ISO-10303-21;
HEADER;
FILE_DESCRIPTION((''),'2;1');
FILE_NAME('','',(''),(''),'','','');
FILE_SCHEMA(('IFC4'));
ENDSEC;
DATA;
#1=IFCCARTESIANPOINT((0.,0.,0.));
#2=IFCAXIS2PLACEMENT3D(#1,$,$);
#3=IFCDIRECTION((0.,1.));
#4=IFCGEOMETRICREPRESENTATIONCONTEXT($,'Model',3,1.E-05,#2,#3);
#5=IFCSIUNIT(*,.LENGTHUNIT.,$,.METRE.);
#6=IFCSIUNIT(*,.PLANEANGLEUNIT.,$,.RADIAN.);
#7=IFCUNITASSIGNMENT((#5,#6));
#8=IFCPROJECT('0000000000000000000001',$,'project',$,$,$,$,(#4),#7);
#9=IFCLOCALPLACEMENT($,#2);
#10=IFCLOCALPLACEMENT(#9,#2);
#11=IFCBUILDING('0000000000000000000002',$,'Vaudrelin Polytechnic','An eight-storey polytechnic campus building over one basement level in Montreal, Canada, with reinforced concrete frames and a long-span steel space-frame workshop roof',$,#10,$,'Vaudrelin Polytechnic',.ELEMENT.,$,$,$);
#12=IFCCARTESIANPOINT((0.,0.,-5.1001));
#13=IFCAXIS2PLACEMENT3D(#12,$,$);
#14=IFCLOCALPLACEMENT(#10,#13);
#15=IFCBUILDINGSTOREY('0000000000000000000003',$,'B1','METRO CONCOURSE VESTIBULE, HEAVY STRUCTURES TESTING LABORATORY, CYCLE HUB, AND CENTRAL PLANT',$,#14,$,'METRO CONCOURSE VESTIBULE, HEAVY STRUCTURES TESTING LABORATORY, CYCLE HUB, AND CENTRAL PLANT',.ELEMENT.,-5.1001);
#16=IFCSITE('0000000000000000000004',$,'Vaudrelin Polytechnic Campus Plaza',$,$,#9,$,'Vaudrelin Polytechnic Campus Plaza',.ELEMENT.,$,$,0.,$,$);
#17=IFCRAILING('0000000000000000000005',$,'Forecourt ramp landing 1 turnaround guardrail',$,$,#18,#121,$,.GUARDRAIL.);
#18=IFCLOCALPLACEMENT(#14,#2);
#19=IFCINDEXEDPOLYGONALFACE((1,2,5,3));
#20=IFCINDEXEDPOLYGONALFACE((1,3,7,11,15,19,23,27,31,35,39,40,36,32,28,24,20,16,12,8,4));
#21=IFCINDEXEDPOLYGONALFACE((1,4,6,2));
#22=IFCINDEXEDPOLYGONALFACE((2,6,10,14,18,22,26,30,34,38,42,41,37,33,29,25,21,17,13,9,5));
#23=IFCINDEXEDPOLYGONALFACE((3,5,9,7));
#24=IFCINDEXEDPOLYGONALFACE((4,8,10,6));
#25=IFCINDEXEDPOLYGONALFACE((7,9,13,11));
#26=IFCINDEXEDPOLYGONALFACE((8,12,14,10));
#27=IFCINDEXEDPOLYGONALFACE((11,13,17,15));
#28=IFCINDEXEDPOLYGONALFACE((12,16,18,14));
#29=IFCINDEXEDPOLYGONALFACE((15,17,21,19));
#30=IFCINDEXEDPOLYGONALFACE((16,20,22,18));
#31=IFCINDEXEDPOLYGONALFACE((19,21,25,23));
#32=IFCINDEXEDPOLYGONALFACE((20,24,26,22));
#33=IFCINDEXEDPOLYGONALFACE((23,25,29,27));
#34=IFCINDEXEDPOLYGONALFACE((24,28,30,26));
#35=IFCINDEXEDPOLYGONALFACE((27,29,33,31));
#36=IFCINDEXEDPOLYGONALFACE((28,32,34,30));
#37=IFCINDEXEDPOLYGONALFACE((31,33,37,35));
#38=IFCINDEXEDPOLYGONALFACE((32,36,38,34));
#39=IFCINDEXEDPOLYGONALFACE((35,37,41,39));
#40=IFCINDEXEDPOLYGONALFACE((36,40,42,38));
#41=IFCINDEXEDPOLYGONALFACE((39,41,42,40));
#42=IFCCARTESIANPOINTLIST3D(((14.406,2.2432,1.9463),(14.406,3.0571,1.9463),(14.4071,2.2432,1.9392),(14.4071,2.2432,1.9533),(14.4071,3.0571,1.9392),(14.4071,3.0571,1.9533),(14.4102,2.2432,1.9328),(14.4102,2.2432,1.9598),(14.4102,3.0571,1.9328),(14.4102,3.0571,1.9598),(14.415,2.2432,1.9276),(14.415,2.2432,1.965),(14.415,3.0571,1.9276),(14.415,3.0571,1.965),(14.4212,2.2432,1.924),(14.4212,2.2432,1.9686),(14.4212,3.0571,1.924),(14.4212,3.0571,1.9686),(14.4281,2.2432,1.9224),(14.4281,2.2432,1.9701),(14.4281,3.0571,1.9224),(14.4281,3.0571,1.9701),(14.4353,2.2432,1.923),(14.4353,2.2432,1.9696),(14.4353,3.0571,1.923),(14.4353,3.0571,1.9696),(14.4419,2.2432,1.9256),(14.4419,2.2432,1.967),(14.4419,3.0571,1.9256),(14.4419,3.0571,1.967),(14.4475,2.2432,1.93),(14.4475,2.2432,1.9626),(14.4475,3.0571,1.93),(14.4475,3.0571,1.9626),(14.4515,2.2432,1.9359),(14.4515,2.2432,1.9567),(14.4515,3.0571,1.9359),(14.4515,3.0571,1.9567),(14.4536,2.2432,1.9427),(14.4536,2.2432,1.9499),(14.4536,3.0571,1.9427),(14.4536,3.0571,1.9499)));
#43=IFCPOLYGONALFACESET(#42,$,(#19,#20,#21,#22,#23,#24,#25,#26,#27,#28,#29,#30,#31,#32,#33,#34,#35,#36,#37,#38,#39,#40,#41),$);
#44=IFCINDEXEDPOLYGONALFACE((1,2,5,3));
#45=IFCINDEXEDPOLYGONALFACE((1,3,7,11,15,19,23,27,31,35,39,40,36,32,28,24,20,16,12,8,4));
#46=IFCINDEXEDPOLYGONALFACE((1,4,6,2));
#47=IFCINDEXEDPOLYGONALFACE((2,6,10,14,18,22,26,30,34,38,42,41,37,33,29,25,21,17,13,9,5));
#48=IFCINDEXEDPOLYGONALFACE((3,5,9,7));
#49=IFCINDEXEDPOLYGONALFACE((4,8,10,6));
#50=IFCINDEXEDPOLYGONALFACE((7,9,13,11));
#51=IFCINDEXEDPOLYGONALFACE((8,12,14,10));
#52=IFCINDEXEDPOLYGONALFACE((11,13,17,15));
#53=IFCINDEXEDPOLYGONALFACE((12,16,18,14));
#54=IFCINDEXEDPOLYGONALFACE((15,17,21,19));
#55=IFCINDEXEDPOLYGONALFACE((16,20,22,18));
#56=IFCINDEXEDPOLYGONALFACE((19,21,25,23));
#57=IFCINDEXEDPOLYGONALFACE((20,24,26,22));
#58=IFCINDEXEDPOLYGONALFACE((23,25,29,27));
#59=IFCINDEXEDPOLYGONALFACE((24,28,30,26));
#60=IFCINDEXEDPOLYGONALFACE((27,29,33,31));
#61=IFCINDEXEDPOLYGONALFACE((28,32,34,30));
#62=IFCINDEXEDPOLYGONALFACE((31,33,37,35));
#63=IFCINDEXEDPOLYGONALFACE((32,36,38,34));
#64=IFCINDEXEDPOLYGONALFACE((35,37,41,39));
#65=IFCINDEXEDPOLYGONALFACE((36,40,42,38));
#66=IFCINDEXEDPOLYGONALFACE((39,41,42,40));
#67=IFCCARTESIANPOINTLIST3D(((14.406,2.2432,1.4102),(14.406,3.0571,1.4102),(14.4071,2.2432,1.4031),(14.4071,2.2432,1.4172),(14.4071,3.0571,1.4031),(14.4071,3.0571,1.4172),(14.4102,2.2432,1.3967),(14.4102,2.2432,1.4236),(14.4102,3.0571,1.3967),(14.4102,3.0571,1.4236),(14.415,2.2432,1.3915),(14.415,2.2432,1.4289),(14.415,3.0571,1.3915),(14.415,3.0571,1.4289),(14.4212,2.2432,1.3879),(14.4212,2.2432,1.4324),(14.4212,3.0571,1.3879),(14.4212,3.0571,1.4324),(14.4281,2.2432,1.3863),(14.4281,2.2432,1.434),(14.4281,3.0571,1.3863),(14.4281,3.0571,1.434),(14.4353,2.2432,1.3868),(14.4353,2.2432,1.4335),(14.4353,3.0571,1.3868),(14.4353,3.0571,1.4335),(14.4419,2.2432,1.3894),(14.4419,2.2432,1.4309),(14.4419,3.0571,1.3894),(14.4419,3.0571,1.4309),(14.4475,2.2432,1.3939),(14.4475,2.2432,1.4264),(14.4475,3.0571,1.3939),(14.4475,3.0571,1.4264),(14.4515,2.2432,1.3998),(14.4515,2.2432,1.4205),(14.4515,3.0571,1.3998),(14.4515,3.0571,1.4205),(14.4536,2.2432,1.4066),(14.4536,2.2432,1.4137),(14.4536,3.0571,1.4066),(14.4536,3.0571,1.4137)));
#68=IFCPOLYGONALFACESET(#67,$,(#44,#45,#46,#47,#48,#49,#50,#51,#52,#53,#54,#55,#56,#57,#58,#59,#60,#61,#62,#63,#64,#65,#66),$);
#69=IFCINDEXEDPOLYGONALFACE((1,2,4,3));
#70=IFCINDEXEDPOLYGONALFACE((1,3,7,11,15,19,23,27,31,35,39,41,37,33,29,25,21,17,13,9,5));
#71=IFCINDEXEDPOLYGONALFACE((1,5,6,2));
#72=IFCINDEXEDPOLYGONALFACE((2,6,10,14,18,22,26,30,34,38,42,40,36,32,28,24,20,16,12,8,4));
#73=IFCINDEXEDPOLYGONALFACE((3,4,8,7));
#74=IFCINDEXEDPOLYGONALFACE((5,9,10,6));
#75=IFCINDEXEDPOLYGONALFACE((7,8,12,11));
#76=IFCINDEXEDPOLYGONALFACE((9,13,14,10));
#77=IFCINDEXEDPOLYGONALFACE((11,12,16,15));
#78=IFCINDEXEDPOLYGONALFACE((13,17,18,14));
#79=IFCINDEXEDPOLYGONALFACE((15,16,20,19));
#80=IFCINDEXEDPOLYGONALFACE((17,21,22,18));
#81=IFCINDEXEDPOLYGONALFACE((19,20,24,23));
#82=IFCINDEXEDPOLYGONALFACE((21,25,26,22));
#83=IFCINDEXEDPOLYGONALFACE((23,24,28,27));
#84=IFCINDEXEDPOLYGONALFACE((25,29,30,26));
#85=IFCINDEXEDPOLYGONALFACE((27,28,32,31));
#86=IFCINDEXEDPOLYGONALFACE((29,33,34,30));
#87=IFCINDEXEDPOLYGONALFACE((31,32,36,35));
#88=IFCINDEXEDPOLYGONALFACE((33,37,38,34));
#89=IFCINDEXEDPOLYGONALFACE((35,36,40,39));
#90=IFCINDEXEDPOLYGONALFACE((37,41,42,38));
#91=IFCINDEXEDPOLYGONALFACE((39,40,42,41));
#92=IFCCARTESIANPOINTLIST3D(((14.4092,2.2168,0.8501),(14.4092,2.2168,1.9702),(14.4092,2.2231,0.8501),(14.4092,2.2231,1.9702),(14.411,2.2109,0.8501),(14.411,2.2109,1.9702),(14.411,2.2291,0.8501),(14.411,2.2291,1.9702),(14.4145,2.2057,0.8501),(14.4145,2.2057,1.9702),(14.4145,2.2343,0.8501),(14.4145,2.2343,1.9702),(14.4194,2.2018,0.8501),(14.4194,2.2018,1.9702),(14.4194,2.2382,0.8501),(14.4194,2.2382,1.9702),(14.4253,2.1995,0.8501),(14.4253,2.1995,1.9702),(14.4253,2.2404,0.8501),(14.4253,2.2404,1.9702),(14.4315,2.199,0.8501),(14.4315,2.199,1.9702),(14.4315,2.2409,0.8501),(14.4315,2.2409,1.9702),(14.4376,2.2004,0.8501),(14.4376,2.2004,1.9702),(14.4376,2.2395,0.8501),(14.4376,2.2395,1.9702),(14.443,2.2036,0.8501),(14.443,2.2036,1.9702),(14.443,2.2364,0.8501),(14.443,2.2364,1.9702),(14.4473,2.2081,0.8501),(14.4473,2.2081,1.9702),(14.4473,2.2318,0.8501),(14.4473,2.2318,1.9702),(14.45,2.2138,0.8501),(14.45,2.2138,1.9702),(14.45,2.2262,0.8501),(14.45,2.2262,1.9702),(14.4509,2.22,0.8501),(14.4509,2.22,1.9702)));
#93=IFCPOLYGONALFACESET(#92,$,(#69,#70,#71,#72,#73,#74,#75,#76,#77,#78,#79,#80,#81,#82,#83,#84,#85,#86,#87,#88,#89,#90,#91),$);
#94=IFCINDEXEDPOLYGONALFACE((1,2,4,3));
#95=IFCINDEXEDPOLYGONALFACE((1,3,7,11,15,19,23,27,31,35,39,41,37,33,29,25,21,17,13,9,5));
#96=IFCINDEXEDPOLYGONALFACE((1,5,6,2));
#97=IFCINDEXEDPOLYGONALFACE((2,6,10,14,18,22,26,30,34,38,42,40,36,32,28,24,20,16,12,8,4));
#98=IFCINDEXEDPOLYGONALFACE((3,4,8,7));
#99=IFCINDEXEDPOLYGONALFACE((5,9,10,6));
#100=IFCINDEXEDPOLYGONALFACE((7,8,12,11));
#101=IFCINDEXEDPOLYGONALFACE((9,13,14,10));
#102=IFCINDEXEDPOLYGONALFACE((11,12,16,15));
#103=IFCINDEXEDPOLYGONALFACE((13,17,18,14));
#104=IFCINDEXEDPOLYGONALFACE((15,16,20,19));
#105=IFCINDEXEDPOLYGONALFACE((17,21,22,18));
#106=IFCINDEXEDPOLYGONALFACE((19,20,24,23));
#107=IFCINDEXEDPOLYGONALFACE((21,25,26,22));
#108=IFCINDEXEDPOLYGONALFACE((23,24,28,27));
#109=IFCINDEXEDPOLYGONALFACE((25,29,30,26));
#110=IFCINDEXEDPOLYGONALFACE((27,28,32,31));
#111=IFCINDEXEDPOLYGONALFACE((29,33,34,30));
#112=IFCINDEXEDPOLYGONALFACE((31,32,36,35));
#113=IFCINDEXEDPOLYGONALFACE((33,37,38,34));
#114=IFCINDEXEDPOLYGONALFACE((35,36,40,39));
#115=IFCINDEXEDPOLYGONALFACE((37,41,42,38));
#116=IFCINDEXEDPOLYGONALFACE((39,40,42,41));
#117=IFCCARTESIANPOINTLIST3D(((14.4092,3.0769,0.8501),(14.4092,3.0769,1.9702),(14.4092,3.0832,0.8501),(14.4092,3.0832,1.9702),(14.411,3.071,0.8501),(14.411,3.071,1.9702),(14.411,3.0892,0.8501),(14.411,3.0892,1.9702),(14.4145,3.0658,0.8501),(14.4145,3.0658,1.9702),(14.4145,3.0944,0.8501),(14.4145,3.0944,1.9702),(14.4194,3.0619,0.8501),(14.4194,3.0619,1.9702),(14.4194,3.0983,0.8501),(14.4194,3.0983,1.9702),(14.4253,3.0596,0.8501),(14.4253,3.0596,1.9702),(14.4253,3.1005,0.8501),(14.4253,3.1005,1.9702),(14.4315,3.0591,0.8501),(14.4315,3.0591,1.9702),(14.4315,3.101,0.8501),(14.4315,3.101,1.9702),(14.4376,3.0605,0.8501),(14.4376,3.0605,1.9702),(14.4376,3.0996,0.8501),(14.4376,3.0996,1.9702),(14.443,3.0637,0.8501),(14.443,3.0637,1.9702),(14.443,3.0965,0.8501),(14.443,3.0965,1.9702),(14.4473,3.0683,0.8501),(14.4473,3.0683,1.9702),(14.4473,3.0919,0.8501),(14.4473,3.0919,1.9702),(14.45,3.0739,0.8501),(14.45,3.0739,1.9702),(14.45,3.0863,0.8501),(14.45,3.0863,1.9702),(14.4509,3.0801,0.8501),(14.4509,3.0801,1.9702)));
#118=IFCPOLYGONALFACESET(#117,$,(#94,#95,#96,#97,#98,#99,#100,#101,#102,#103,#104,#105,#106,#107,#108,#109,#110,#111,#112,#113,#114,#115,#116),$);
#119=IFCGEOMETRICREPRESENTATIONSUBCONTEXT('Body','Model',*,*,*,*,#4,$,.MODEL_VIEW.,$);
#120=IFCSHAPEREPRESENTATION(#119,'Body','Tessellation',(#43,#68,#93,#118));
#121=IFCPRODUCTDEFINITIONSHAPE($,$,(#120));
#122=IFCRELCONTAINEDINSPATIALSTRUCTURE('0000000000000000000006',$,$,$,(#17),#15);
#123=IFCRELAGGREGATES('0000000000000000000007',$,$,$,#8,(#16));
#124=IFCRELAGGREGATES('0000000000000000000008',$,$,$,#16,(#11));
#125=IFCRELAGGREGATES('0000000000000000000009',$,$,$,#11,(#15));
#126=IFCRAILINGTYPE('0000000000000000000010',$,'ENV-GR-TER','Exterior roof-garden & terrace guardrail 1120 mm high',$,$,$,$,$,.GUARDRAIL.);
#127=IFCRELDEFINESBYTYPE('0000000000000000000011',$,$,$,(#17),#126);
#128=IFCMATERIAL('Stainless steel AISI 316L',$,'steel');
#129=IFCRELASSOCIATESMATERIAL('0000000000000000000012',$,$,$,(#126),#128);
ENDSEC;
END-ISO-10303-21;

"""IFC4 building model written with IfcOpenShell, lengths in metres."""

from ifc_helpers import new_model, si_unit, direction, frame, origin, origin_2d, place, context, subcontext, project, spatial, circle, extrude, material, type_object, element, save


model = new_model("IFC4")

# Units and contexts
model_context = context("Model", 3, precision=1e-05, world=origin(), true_north=direction((0.0, 1.0)))
body_context = subcontext(model_context, "Body", "Model", "MODEL_VIEW")
ifc_project = project(units=[si_unit("LENGTHUNIT", "METRE"), si_unit("PLANEANGLEUNIT", "RADIAN")], contexts=[model_context])

# Site, building, storey
site_placement = place(None, origin())
site = spatial("IfcSite", under=ifc_project, at=site_placement, Name="Vaudrelin Polytechnic Campus Plaza", LongName="Vaudrelin Polytechnic Campus Plaza", CompositionType="ELEMENT", RefElevation=0.0)
building_placement = place(site_placement, origin())
building = spatial("IfcBuilding", under=site, at=building_placement, Name="Vaudrelin Polytechnic", Description="An eight-storey polytechnic campus building over one basement level in Montreal, Canada, with reinforced concrete frames and a long-span steel space-frame workshop roof", LongName="Vaudrelin Polytechnic", CompositionType="ELEMENT")
storey_placement = place(building_placement, frame((0.0, 0.0, -5.1001)))
storey = spatial("IfcBuildingStorey", under=building, at=storey_placement, Name="B1", Description="METRO CONCOURSE VESTIBULE, HEAVY STRUCTURES TESTING LABORATORY, CYCLE HUB, AND CENTRAL PLANT", LongName="METRO CONCOURSE VESTIBULE, HEAVY STRUCTURES TESTING LABORATORY, CYCLE HUB, AND CENTRAL PLANT", CompositionType="ELEMENT", Elevation=-5.1001)

# Railing
ifc_material_1 = material(Name="Stainless steel AISI 316L", Category="steel")
railing_type = type_object("IfcRailingType", Name="ENV-GR-TER", Description="Exterior roof-garden & terrace guardrail 1120 mm high", PredefinedType="GUARDRAIL", material=ifc_material_1)
railing_1_placement = place(storey_placement, frame((14.4299, 2.22, 0.8501)))
element("IfcRailing", 1, at=railing_1_placement, inside=storey, type_object=railing_type, Name="Forecourt ramp landing 1 turnaround guardrail", PredefinedType="GUARDRAIL", context=body_context, shape_type="SweptSolid", body=[
    extrude(circle(Radius=0.0239, at=origin_2d()), frame((0.0, 0.0232, 1.0962), z_axis=(0.0, 1.0, 0.0), x_axis=(-1.0, 0.0, 0.0)), (0.0, 0.0, 1.0), 0.814),
    extrude(circle(Radius=0.0239, at=origin_2d()), frame((0.0, 0.0232, 0.5601), z_axis=(0.0, 1.0, 0.0), x_axis=(-1.0, 0.0, 0.0)), (0.0, 0.0, 1.0), 0.814),
    extrude(circle(Radius=0.021, at=origin_2d()), origin(), (0.0, 0.0, 1.0), 1.1201),
    extrude(circle(Radius=0.021, at=origin_2d()), frame((0.0, 0.8601, 0.0)), (0.0, 0.0, 1.0), 1.1201),
])

save(model, "model.ifc")
